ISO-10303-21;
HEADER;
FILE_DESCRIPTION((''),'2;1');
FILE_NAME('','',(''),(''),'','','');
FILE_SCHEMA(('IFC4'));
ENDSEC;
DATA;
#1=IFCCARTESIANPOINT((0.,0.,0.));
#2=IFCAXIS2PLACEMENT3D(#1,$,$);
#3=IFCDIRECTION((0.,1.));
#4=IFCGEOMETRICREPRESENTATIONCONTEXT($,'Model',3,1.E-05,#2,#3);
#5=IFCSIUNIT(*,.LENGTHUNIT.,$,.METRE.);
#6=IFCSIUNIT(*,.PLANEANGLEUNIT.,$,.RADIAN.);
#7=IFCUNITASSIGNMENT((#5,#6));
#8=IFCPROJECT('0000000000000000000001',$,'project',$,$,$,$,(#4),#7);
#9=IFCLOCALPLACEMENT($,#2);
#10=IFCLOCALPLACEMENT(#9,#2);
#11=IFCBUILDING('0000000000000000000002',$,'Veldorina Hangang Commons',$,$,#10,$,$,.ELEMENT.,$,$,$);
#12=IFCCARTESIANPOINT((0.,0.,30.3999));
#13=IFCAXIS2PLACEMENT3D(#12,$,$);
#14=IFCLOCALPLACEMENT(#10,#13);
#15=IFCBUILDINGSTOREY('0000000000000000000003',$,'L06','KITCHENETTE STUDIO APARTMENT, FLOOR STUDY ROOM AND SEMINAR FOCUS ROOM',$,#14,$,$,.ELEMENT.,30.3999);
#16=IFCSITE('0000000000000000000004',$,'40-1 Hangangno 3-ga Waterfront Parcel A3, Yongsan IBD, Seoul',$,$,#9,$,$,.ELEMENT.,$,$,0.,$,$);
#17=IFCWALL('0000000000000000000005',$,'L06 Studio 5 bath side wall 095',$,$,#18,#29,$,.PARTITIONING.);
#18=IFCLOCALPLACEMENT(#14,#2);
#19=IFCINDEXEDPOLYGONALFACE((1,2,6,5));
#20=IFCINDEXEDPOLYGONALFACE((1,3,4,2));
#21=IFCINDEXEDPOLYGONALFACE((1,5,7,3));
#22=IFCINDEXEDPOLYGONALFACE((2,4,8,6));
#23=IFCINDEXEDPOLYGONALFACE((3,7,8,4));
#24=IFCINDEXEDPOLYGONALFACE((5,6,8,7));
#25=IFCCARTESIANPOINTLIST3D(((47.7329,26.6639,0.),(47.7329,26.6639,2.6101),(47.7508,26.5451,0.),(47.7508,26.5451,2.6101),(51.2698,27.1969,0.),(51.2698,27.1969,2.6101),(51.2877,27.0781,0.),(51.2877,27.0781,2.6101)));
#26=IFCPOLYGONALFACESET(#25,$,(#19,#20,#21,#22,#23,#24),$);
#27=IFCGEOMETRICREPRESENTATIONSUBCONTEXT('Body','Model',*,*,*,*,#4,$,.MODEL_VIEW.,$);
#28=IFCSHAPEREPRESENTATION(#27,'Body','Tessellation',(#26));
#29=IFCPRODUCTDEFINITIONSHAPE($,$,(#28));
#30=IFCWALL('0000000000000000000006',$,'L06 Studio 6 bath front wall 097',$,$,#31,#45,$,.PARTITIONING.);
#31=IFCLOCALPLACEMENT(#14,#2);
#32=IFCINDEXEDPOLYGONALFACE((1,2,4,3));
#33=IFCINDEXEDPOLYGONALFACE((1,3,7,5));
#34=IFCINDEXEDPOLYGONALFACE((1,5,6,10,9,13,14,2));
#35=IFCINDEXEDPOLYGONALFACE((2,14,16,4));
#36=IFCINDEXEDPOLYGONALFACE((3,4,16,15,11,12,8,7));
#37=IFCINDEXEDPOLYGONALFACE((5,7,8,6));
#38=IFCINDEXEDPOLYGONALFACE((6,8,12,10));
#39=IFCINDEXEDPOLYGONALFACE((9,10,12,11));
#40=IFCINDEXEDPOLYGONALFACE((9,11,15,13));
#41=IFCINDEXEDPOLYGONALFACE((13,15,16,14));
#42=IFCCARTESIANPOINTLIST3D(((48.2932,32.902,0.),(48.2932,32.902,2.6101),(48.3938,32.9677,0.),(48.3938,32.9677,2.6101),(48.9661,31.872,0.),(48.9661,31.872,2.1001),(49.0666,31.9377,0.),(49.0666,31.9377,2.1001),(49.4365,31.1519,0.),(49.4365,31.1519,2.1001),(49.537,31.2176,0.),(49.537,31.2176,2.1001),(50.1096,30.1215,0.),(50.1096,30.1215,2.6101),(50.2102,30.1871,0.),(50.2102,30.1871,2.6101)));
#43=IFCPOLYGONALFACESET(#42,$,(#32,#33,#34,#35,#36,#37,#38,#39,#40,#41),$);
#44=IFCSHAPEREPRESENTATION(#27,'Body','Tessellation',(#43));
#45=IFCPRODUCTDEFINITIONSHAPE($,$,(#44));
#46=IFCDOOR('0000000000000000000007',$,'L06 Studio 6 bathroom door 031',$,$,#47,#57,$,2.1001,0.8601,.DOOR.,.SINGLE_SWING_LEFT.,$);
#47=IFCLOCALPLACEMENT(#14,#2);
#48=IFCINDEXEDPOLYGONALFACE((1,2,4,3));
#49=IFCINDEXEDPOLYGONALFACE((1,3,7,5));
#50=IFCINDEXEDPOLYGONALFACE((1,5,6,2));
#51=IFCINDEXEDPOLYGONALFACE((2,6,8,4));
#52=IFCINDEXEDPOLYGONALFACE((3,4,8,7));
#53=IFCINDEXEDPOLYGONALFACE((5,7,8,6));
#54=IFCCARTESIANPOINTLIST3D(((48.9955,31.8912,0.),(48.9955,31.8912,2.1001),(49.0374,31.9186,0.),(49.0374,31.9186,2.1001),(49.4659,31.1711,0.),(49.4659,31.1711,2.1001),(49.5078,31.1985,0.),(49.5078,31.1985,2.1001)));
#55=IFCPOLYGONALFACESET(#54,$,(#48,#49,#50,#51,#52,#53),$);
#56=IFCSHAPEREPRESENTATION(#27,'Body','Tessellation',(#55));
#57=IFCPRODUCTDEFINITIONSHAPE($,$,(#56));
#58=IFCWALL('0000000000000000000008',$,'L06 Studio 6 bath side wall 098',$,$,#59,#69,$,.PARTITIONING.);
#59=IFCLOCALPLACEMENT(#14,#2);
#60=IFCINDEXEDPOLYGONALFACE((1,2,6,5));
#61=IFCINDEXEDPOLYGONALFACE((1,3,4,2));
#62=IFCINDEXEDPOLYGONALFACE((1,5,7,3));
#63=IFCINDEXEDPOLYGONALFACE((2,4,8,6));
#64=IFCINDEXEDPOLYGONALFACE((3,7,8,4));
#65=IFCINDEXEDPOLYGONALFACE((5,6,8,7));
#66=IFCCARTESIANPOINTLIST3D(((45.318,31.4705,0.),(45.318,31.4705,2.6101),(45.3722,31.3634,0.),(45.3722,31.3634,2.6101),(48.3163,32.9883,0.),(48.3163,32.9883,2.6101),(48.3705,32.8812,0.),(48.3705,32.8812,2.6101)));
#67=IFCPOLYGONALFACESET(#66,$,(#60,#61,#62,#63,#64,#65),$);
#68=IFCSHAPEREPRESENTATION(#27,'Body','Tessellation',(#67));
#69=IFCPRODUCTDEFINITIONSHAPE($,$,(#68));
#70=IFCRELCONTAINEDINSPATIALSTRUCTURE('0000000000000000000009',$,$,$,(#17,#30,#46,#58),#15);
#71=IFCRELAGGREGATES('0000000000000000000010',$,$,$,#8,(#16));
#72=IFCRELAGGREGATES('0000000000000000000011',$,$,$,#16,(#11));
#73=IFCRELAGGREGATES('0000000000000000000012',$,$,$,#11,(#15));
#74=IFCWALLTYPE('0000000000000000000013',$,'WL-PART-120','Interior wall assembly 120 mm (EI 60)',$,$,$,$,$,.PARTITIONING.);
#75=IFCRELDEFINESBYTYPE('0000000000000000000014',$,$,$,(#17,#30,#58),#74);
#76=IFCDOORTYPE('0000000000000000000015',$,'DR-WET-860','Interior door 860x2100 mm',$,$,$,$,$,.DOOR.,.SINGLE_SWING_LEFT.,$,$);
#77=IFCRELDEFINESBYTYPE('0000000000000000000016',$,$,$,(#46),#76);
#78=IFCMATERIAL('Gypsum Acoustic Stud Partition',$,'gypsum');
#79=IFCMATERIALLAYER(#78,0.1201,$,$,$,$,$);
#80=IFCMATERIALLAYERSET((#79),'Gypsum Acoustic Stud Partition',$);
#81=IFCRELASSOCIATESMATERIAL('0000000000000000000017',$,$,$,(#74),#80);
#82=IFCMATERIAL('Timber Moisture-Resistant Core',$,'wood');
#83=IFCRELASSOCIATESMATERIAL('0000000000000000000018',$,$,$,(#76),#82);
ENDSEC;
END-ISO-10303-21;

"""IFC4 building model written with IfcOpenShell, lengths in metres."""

from ifc_helpers import new_model, si_unit, direction, frame, frame_2d, origin, place, context, subcontext, project, spatial, rectangle, extrude, material, layer, layer_set, type_object, element, fill, save


model = new_model("IFC4")

# Units and contexts
model_context = context("Model", 3, precision=1e-05, world=origin(), true_north=direction((0.0, 1.0)))
body_context = subcontext(model_context, "Body", "Model", "MODEL_VIEW")
ifc_project = project(units=[si_unit("LENGTHUNIT", "METRE"), si_unit("PLANEANGLEUNIT", "RADIAN")], contexts=[model_context])

# Site, building, storey
site_placement = place(None, origin())
site = spatial("IfcSite", under=ifc_project, at=site_placement, Name="40-1 Hangangno 3-ga Waterfront Parcel A3, Yongsan IBD, Seoul", CompositionType="ELEMENT", RefElevation=0.0)
building_placement = place(site_placement, origin())
building = spatial("IfcBuilding", under=site, at=building_placement, Name="Veldorina Hangang Commons", CompositionType="ELEMENT")
storey_placement = place(building_placement, frame((0.0, 0.0, 30.3999)))
storey = spatial("IfcBuildingStorey", under=building, at=storey_placement, Name="L06", Description="KITCHENETTE STUDIO APARTMENT, FLOOR STUDY ROOM AND SEMINAR FOCUS ROOM", CompositionType="ELEMENT", Elevation=30.3999)

# Shared definitions
ifc_material_1 = material(Name="Gypsum Acoustic Stud Partition", Category="gypsum")
ifc_layer_1 = layer(ifc_material_1, 0.1201)
ifc_layer_set_1 = layer_set([ifc_layer_1], Name="Gypsum Acoustic Stud Partition")
wall_type_1 = type_object("IfcWallType", Name="WL-PART-120", Description="Interior wall assembly 120 mm (EI 60)", PredefinedType="PARTITIONING", material=ifc_layer_set_1)
ifc_material_2 = material(Name="Timber Moisture-Resistant Core", Category="wood")
door_type_1 = type_object("IfcDoorType", Name="DR-WET-860", Description="Interior door 860x2100 mm", OperationType="SINGLE_SWING_LEFT", PredefinedType="DOOR", material=ifc_material_2)

# Wall
wall_1_placement = place(storey_placement, frame((47.7417, 26.6045, 0.0), z_axis=(0.0, 0.0, 1.0), x_axis=(0.988836, 0.149005, 0.0)))
element("IfcWall", 1, at=wall_1_placement, inside=storey, type_object=wall_type_1, Name="L06 Studio 5 bath side wall 095", PredefinedType="PARTITIONING", context=body_context, shape_type="SweptSolid", body=[
    extrude(rectangle(XDim=3.5769, YDim=0.1201, at=frame_2d((1.7886, 0.0))), origin(), (0.0, 0.0, 1.0), 2.6101),
])

# Wall, opening, door
wall_2_placement = place(storey_placement, frame((50.1599, 30.1543, 0.0), z_axis=(0.0, 0.0, 1.0), x_axis=(-0.546907, 0.837194, 0.0)))
wall_2 = element("IfcWall", 2, at=wall_2_placement, inside=storey, type_object=wall_type_1, Name="L06 Studio 6 bath front wall 097", PredefinedType="PARTITIONING", context=body_context, shape_type="SweptSolid", body=[
    extrude(rectangle(XDim=3.3213, YDim=0.1201, at=frame_2d((1.6606, 0.0))), origin(), (0.0, 0.0, 1.0), 2.6101),
])
opening_1_placement = place(wall_2_placement, frame((1.2307, 0.0, 0.0)))
opening_1 = element("IfcOpeningElement", 3, at=opening_1_placement, cuts=wall_2, PredefinedType="OPENING", context=body_context, shape_type="SweptSolid", body=[
    extrude(rectangle(XDim=0.8601, YDim=2.1001, at=frame_2d((0.4302, 1.05))), frame((0.0, 0.0701, 0.0), z_axis=(0.0, -1.0, 0.0), x_axis=(1.0, 0.0, 0.0)), (0.0, 0.0, 1.0), 0.1401),
])
door_1_placement = place(opening_1_placement, origin())
door_1 = element("IfcDoor", 4, at=door_1_placement, inside=storey, type_object=door_type_1, Name="L06 Studio 6 bathroom door 031", OperationType="SINGLE_SWING_LEFT", OverallHeight=2.1001, OverallWidth=0.8601, PredefinedType="DOOR", context=body_context, shape_type="SweptSolid", body=[
    extrude(rectangle(XDim=0.8601, YDim=2.1001, at=frame_2d((0.4302, 1.05))), frame((0.0, 0.0249, 0.0), z_axis=(0.0, -1.0, 0.0), x_axis=(1.0, 0.0, 0.0)), (0.0, 0.0, 1.0), 0.05),
])
fill(opening_1, door_1)

# Wall
wall_3_placement = place(storey_placement, frame((45.3452, 31.417, 0.0), z_axis=(0.0, 0.0, 1.0), x_axis=(0.892193, 0.451654, 0.0)))
element("IfcWall", 5, at=wall_3_placement, inside=storey, type_object=wall_type_1, Name="L06 Studio 6 bath side wall 098", PredefinedType="PARTITIONING", context=body_context, shape_type="SweptSolid", body=[
    extrude(rectangle(XDim=3.3606, YDim=0.1201, at=frame_2d((1.6802, 0.0))), origin(), (0.0, 0.0, 1.0), 2.6101),
])

save(model, "model.ifc")
